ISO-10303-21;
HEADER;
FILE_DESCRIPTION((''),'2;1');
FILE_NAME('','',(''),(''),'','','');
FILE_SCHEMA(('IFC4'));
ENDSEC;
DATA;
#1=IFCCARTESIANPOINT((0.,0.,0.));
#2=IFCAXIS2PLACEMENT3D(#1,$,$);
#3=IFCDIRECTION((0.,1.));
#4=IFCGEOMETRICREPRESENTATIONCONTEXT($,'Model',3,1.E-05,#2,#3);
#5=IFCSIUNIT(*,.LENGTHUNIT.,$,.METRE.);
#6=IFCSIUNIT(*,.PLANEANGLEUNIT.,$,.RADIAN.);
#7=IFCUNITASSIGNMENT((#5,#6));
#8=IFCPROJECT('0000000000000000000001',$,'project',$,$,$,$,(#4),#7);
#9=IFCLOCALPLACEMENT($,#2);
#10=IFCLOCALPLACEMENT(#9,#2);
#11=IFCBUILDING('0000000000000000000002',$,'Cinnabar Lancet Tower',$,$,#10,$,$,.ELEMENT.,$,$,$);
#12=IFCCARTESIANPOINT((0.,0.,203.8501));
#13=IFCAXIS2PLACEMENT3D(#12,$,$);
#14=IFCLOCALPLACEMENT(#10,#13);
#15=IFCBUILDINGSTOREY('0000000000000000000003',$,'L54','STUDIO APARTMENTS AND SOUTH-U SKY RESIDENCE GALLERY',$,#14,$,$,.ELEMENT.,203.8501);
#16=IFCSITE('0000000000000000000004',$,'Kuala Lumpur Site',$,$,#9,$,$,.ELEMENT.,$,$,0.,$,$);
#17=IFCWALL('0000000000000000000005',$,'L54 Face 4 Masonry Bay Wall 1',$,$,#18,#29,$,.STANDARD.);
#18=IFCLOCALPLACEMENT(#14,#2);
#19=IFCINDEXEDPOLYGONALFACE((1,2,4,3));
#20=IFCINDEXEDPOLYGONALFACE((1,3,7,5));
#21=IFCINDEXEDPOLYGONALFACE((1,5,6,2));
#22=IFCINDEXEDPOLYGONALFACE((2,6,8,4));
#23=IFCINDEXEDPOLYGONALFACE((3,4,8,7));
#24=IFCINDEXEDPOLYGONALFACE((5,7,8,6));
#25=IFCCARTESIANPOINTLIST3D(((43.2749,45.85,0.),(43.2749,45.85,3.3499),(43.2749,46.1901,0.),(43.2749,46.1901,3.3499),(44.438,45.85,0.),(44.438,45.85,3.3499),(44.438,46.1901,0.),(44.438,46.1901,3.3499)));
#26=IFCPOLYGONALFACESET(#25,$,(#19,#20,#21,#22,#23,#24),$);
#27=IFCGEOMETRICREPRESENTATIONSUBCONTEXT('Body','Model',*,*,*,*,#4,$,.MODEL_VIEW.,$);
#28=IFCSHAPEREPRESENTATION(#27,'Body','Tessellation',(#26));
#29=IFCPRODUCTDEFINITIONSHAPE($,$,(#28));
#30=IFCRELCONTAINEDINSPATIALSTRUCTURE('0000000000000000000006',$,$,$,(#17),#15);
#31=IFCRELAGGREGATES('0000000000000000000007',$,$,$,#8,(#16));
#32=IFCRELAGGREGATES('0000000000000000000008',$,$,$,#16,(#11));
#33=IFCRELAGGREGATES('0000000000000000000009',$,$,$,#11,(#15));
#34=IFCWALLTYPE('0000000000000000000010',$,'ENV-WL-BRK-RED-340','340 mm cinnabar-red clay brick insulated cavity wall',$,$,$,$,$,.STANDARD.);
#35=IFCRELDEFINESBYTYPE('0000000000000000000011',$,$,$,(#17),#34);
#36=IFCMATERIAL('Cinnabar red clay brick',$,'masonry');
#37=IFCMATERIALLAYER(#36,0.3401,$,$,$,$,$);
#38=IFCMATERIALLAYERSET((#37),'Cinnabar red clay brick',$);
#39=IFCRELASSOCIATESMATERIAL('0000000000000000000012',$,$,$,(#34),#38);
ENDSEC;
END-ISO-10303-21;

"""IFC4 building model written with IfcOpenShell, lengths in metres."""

from ifc_helpers import new_model, si_unit, direction, frame, frame_2d, origin, place, context, subcontext, project, spatial, rectangle, extrude, material, layer, layer_set, type_object, element, save


model = new_model("IFC4")

# Units and contexts
model_context = context("Model", 3, precision=1e-05, world=origin(), true_north=direction((0.0, 1.0)))
body_context = subcontext(model_context, "Body", "Model", "MODEL_VIEW")
ifc_project = project(units=[si_unit("LENGTHUNIT", "METRE"), si_unit("PLANEANGLEUNIT", "RADIAN")], contexts=[model_context])

# Site, building, storey
site_placement = place(None, origin())
site = spatial("IfcSite", under=ifc_project, at=site_placement, Name="Kuala Lumpur Site", CompositionType="ELEMENT", RefElevation=0.0)
building_placement = place(site_placement, origin())
building = spatial("IfcBuilding", under=site, at=building_placement, Name="Cinnabar Lancet Tower", CompositionType="ELEMENT")
storey_placement = place(building_placement, frame((0.0, 0.0, 203.8501)))
storey = spatial("IfcBuildingStorey", under=building, at=storey_placement, Name="L54", Description="STUDIO APARTMENTS AND SOUTH-U SKY RESIDENCE GALLERY", CompositionType="ELEMENT", Elevation=203.8501)

# Shared definitions
ifc_material_1 = material(Name="Cinnabar red clay brick", Category="masonry")
ifc_layer_1 = layer(ifc_material_1, 0.3401)
ifc_layer_set_1 = layer_set([ifc_layer_1], Name="Cinnabar red clay brick")
wall_type_1 = type_object("IfcWallType", Name="ENV-WL-BRK-RED-340", Description="340 mm cinnabar-red clay brick insulated cavity wall", PredefinedType="STANDARD", material=ifc_layer_set_1)

# Wall
wall_1_placement = place(storey_placement, frame((44.438, 46.02, 0.0), z_axis=(0.0, 0.0, 1.0), x_axis=(-1.0, 0.0, 0.0)))
element("IfcWall", 1, at=wall_1_placement, inside=storey, type_object=wall_type_1, Name="L54 Face 4 Masonry Bay Wall 1", PredefinedType="STANDARD", context=body_context, shape_type="SweptSolid", body=[
    extrude(rectangle(XDim=1.1631, YDim=0.3401, at=frame_2d((0.5815, 0.0))), origin(), (0.0, 0.0, 1.0), 3.3499),
])

save(model, "model.ifc")
